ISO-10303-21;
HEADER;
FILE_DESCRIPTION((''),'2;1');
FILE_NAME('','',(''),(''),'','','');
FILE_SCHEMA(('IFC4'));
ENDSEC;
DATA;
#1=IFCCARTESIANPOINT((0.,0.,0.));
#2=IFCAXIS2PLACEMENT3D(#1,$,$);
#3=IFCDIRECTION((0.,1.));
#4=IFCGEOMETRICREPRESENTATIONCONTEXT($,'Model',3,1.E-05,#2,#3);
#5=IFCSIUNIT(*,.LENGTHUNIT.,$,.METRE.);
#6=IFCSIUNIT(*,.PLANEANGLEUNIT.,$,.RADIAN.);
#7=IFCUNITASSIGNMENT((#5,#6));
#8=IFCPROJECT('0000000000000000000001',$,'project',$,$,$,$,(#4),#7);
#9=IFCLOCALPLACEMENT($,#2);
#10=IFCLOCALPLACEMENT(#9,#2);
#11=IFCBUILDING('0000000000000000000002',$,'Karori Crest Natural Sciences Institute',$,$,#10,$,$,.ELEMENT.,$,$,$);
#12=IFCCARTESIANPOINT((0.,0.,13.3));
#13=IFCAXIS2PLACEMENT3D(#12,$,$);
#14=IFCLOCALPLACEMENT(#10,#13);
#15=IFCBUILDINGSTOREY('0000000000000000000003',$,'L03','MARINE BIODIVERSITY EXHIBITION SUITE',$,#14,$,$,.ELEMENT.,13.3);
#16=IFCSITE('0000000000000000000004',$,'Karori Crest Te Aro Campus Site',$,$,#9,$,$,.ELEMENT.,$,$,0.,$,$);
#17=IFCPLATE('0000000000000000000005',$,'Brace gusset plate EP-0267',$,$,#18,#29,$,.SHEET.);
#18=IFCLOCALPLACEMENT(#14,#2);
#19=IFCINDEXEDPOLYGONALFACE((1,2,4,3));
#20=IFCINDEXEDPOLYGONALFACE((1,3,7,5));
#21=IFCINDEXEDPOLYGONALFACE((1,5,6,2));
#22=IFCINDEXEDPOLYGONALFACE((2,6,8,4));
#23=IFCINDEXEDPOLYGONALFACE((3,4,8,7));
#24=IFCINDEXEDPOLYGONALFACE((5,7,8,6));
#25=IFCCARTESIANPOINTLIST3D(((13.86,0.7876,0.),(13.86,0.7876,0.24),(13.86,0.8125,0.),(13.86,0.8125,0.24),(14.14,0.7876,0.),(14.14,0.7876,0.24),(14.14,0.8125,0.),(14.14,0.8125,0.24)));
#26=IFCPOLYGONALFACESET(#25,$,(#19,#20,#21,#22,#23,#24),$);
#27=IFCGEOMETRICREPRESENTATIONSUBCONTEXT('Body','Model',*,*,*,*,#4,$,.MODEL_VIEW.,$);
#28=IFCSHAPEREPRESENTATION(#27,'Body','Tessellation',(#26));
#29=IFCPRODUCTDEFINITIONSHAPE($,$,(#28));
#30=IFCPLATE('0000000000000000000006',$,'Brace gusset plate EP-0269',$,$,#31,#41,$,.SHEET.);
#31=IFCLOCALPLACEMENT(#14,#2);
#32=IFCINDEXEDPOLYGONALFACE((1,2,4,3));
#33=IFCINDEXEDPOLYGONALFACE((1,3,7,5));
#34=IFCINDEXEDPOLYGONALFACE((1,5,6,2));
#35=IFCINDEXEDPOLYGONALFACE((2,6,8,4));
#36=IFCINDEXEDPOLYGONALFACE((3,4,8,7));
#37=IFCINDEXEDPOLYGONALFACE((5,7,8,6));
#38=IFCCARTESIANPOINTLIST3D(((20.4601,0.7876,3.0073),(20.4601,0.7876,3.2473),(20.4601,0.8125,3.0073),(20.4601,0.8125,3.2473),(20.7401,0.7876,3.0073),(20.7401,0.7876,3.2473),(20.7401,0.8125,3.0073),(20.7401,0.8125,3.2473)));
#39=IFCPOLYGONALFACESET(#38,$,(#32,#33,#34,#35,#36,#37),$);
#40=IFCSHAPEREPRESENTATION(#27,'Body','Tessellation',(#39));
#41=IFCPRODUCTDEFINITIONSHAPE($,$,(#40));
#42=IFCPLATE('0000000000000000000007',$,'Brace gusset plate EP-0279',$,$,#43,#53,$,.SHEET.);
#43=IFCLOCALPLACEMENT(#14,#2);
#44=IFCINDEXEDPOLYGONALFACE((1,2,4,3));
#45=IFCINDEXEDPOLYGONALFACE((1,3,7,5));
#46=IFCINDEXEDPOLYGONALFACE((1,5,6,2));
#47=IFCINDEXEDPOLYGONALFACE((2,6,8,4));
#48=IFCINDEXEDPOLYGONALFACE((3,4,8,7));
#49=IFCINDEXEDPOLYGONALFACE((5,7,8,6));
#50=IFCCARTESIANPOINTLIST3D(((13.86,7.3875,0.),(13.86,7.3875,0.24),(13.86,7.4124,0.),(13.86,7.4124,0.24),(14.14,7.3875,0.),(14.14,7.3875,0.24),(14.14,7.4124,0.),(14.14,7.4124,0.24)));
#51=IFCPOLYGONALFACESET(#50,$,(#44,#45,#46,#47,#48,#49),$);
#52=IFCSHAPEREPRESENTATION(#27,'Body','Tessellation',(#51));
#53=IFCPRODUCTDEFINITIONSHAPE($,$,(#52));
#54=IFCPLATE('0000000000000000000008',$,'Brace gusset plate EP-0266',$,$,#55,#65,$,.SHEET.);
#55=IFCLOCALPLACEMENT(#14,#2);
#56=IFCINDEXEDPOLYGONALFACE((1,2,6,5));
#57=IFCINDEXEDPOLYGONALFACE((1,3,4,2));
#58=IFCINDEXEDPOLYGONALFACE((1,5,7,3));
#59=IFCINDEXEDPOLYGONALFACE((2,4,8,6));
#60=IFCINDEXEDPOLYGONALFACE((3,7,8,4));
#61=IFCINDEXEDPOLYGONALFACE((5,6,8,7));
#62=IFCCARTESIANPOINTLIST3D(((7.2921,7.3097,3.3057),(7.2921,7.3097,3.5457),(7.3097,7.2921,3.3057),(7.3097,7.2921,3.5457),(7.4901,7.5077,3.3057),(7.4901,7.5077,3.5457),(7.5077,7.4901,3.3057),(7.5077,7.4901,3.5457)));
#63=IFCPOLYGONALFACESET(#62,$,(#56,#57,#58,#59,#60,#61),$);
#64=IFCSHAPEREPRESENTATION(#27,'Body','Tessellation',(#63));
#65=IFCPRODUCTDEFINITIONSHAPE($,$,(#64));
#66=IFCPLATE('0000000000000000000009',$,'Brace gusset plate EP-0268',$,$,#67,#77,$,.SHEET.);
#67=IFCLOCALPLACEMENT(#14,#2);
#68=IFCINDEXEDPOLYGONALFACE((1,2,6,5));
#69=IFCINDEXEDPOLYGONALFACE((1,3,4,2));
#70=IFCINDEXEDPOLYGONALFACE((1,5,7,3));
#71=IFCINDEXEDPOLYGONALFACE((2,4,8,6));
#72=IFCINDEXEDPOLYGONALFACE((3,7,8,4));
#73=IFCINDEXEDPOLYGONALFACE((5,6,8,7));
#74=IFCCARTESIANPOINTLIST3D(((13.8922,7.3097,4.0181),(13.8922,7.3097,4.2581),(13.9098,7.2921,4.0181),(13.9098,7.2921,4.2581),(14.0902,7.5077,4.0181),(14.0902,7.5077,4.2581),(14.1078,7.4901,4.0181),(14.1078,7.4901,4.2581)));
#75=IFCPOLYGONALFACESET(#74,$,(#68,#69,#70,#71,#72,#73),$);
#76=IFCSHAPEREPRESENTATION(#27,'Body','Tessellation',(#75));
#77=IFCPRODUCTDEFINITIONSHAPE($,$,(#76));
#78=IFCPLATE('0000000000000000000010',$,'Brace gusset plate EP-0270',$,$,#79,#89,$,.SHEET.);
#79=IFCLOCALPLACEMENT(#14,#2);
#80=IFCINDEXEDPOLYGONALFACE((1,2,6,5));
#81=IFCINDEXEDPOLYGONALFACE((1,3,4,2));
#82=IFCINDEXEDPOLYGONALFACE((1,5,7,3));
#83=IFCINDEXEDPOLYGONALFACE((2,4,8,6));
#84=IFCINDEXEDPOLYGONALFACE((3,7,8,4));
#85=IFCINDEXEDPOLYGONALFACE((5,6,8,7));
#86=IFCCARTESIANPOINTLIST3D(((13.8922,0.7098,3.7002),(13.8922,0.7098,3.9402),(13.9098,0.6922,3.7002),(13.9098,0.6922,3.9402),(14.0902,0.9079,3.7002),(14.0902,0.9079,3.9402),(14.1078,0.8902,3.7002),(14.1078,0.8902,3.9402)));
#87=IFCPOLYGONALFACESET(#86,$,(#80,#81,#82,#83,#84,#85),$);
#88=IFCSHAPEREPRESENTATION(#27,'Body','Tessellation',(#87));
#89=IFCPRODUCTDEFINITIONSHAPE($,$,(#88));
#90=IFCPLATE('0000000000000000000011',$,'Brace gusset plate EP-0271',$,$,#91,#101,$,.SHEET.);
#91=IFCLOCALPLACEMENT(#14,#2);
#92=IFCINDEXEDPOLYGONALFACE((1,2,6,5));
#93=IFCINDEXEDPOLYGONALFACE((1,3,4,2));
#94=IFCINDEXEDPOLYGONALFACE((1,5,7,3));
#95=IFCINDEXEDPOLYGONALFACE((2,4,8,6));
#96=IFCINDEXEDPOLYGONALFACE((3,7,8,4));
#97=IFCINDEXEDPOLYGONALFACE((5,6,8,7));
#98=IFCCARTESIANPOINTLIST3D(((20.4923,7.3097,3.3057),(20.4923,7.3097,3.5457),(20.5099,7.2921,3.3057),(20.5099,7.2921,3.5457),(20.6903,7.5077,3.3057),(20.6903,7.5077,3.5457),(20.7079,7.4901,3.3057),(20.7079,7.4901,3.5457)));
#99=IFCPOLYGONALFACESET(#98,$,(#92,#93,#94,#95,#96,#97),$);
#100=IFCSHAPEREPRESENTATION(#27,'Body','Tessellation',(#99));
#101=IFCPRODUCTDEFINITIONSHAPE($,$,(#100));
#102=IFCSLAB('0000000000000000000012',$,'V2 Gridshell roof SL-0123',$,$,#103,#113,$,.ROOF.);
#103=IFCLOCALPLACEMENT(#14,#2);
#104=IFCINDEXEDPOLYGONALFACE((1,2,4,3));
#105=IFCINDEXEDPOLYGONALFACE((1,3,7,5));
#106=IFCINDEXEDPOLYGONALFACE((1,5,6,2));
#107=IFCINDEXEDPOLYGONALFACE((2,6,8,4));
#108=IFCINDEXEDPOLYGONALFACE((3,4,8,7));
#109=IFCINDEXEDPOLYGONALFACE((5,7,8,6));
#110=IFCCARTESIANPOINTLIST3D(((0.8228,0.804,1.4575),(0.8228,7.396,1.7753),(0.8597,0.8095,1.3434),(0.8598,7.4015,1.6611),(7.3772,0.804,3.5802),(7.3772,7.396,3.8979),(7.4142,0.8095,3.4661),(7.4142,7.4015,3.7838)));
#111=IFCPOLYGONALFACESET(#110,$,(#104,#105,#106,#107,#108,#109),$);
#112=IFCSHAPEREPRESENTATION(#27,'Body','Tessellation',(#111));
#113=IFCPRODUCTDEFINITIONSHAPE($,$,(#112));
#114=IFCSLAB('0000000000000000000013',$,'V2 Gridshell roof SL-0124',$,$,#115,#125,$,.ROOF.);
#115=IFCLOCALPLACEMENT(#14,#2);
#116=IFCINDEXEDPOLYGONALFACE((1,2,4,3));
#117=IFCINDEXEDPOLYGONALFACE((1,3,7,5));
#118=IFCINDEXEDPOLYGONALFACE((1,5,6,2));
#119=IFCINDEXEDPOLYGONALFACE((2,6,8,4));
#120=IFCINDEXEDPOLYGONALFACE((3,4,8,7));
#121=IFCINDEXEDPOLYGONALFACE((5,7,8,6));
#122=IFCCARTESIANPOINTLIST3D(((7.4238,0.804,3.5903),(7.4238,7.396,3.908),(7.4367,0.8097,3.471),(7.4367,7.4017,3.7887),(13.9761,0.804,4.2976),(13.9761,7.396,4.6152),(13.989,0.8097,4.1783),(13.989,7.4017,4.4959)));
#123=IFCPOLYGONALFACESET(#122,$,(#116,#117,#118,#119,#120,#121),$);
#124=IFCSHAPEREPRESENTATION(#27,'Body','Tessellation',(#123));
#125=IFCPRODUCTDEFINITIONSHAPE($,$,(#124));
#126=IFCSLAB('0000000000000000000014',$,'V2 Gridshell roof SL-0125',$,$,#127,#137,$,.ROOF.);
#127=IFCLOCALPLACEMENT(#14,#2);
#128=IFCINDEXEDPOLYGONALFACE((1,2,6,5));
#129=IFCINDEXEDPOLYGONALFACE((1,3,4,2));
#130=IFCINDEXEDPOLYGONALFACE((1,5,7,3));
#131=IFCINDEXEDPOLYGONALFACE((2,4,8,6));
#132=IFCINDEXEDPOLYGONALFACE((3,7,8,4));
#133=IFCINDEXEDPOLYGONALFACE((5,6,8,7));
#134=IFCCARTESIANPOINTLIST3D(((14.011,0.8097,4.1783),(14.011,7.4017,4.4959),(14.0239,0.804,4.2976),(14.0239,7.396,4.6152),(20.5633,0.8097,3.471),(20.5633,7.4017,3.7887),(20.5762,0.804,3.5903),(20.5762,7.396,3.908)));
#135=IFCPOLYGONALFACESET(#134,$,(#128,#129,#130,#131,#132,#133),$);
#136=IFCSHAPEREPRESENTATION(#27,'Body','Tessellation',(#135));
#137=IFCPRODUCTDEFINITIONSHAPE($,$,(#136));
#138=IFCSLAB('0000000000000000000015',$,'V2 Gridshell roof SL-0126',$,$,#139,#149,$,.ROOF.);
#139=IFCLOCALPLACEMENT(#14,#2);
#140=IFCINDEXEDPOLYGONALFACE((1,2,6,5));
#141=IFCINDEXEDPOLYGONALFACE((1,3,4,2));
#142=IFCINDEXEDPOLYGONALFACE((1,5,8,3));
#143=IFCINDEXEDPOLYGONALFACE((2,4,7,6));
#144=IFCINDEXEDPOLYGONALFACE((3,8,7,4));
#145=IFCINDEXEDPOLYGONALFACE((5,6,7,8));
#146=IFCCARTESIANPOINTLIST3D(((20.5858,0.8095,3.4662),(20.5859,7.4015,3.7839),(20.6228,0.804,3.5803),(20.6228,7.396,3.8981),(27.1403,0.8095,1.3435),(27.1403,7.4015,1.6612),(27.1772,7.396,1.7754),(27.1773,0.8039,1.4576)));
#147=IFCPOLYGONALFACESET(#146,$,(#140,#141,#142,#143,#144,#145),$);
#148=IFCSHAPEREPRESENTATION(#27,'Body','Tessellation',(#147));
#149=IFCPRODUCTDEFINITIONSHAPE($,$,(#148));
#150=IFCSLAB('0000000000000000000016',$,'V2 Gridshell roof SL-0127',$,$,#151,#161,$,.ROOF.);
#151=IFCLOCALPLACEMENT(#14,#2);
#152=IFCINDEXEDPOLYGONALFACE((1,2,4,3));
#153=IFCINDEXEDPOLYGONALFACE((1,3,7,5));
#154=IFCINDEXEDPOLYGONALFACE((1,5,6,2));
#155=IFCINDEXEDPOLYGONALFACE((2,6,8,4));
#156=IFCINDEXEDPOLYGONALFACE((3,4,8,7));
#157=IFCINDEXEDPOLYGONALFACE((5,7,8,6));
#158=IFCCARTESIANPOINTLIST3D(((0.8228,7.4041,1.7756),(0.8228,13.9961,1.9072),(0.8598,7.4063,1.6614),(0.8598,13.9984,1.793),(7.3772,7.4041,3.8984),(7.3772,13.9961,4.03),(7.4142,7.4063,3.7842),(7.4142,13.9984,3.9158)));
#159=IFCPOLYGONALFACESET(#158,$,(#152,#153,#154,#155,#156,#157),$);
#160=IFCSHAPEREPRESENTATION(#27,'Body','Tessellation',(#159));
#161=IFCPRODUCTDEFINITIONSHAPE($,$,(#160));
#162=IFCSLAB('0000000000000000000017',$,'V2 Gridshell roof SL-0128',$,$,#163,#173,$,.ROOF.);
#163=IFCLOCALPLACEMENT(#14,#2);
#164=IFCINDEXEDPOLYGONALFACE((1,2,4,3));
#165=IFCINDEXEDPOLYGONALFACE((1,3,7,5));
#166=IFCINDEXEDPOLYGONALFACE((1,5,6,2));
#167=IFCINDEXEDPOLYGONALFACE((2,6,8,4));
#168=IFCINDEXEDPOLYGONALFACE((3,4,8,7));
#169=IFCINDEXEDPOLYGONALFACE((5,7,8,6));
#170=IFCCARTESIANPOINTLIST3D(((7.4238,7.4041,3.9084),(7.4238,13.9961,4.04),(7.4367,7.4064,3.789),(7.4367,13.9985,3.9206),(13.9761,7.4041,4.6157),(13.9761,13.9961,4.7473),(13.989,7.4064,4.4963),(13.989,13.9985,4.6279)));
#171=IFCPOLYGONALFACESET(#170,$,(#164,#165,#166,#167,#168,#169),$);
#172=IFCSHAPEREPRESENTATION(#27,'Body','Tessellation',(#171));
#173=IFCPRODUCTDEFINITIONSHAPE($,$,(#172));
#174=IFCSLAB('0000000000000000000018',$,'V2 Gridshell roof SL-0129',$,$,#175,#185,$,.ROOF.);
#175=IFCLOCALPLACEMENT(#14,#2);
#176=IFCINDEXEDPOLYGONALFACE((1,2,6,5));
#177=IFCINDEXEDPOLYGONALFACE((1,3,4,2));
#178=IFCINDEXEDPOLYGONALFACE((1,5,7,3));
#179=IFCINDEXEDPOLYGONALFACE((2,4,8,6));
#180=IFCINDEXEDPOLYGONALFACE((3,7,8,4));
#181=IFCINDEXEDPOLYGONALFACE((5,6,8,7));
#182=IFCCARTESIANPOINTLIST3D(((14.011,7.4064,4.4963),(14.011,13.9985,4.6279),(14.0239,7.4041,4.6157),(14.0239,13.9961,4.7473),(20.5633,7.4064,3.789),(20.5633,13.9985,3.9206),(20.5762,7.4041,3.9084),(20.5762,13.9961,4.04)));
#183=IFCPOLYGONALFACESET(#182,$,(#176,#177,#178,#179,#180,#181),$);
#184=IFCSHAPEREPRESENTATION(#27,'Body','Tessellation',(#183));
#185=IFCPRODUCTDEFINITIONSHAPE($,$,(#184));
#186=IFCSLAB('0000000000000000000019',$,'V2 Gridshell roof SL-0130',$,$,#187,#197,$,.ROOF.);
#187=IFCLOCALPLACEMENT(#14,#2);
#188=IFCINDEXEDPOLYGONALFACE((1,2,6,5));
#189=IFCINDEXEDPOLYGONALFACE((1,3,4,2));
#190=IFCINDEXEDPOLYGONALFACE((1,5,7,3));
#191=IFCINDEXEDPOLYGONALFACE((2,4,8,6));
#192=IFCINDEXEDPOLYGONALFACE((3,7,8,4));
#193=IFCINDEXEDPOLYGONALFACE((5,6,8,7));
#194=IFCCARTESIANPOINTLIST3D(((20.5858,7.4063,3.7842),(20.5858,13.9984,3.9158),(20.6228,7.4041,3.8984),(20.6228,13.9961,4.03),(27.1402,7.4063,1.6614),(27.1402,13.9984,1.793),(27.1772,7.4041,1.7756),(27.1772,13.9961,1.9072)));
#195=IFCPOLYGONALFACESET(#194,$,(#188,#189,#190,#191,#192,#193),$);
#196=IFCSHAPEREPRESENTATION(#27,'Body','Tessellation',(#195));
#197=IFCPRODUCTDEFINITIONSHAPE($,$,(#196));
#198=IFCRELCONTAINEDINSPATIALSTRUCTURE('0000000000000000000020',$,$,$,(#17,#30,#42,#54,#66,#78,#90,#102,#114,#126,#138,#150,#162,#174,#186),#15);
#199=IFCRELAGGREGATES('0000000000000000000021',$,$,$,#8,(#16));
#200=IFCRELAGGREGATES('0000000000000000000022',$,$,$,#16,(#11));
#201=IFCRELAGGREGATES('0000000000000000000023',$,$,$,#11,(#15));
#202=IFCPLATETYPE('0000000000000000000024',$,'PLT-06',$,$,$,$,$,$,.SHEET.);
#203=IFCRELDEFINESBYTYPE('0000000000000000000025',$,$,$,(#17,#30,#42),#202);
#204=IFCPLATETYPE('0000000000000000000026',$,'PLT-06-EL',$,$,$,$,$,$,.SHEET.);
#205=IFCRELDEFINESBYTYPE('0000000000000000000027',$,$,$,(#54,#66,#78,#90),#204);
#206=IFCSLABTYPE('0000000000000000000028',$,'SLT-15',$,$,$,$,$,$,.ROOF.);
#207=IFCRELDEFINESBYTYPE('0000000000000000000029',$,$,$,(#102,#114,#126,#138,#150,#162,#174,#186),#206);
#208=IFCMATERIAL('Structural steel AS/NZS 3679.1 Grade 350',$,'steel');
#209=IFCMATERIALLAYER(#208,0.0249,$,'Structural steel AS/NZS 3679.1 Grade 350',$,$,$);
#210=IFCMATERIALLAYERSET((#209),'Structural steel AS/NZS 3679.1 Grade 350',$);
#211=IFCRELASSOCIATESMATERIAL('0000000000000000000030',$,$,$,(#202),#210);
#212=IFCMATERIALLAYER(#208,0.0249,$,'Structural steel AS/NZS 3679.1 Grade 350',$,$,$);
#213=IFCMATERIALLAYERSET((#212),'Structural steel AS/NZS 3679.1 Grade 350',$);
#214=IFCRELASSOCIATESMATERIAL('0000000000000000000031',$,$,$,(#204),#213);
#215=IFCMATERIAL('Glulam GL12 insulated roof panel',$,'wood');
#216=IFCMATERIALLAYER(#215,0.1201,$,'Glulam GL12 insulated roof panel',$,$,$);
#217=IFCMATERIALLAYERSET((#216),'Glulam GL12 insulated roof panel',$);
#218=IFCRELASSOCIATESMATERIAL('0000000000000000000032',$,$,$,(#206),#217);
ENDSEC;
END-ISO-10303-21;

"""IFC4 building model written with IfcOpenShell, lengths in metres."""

from ifc_helpers import new_model, si_unit, direction, frame, origin, origin_2d, place, context, subcontext, project, spatial, polyline, rectangle, outline, extrude, material, layer, layer_set, type_object, element, save


model = new_model("IFC4")

# Units and contexts
model_context = context("Model", 3, precision=1e-05, world=origin(), true_north=direction((0.0, 1.0)))
body_context = subcontext(model_context, "Body", "Model", "MODEL_VIEW")
ifc_project = project(units=[si_unit("LENGTHUNIT", "METRE"), si_unit("PLANEANGLEUNIT", "RADIAN")], contexts=[model_context])

# Site, building, storey
site_placement = place(None, origin())
site = spatial("IfcSite", under=ifc_project, at=site_placement, Name="Karori Crest Te Aro Campus Site", CompositionType="ELEMENT", RefElevation=0.0)
building_placement = place(site_placement, origin())
building = spatial("IfcBuilding", under=site, at=building_placement, Name="Karori Crest Natural Sciences Institute", CompositionType="ELEMENT")
storey_placement = place(building_placement, frame((0.0, 0.0, 13.3)))
storey = spatial("IfcBuildingStorey", under=building, at=storey_placement, Name="L03", Description="MARINE BIODIVERSITY EXHIBITION SUITE", CompositionType="ELEMENT", Elevation=13.3)

# Plates
ifc_material_1 = material(Name="Structural steel AS/NZS 3679.1 Grade 350", Category="steel")
ifc_layer_1 = layer(ifc_material_1, 0.0249, Name="Structural steel AS/NZS 3679.1 Grade 350")
ifc_layer_set_1 = layer_set([ifc_layer_1], Name="Structural steel AS/NZS 3679.1 Grade 350")
plate_type_1 = type_object("IfcPlateType", Name="PLT-06", PredefinedType="SHEET", material=ifc_layer_set_1)
for number, where, z_axis, x_axis, name in (
    (1, (14.0, 0.8, 0.0), (0.0, 0.0, 1.0), (1.0, 0.0, 0.0), "Brace gusset plate EP-0267"),
    (2, (20.6001, 0.8, 3.0073), (0.0, 0.0, 1.0), (1.0, 0.0, 0.0), "Brace gusset plate EP-0269"),
    (3, (14.0, 7.3999, 0.0), (0.0, 0.0, 1.0), (1.0, 0.0, 0.0), "Brace gusset plate EP-0279"),
):
    element("IfcPlate", number, at=place(storey_placement, frame(where, z_axis=z_axis, x_axis=x_axis)), inside=storey, type_object=plate_type_1, Name=name, PredefinedType="SHEET", context=body_context, shape_type="SweptSolid", body=[
        extrude(rectangle(XDim=0.28, YDim=0.0249, at=origin_2d()), origin(), (0.0, 0.0, 1.0), 0.24),
    ])
ifc_layer_2 = layer(ifc_material_1, 0.0249, Name="Structural steel AS/NZS 3679.1 Grade 350")
ifc_layer_set_2 = layer_set([ifc_layer_2], Name="Structural steel AS/NZS 3679.1 Grade 350")
plate_type_2 = type_object("IfcPlateType", Name="PLT-06-EL", PredefinedType="SHEET", material=ifc_layer_set_2)
for number, where, z_axis, x_axis, name in (
    (4, (7.3999, 7.3999, 3.3057), (0.0, 0.0, 1.0), (0.707107, 0.707107, 0.0), "Brace gusset plate EP-0266"),
    (5, (14.0, 7.3999, 4.0181), (0.0, 0.0, 1.0), (0.707107, 0.707107, 0.0), "Brace gusset plate EP-0268"),
    (6, (14.0, 0.8, 3.7002), (0.0, 0.0, 1.0), (0.707107, 0.707107, 0.0), "Brace gusset plate EP-0270"),
    (7, (20.6001, 7.3999, 3.3057), (0.0, 0.0, 1.0), (0.707107, 0.707107, 0.0), "Brace gusset plate EP-0271"),
):
    element("IfcPlate", number, at=place(storey_placement, frame(where, z_axis=z_axis, x_axis=x_axis)), inside=storey, type_object=plate_type_2, Name=name, PredefinedType="SHEET", context=body_context, shape_type="SweptSolid", body=[
        extrude(rectangle(XDim=0.28, YDim=0.0249, at=origin_2d()), origin(), (0.0, 0.0, 1.0), 0.24),
    ])

# Slabs
ifc_material_2 = material(Name="Glulam GL12 insulated roof panel", Category="wood")
ifc_layer_3 = layer(ifc_material_2, 0.1201, Name="Glulam GL12 insulated roof panel")
ifc_layer_set_3 = layer_set([ifc_layer_3], Name="Glulam GL12 insulated roof panel")
slab_type = type_object("IfcSlabType", Name="SLT-15", PredefinedType="ROOF", material=ifc_layer_set_3)
slab_1_placement = place(storey_placement, frame((0.8228, 0.804, 1.4575), z_axis=(-0.307776, -0.045809, 0.950355), x_axis=(0.951354, 0.000001, 0.3081)))
element("IfcSlab", 8, at=slab_1_placement, inside=storey, type_object=slab_type, Name="V2 Gridshell roof SL-0123", PredefinedType="ROOF", context=body_context, shape_type="SweptSolid", body=[
    extrude(outline(polyline([(0.0, 0.0), (6.8896, 0.0), (6.9875, 6.599), (0.0979, 6.599), (0.0, 0.0)])), origin(), (0.0, 0.0, -1.0), 0.1201),
])
slab_2_placement = place(storey_placement, frame((7.4238, 0.804, 3.5903), z_axis=(-0.107198, -0.04785, 0.993086), x_axis=(0.994224, 0.0, 0.107321)))
element("IfcSlab", 9, at=slab_2_placement, inside=storey, type_object=slab_type, Name="V2 Gridshell roof SL-0124", PredefinedType="ROOF", context=body_context, shape_type="SweptSolid", body=[
    extrude(outline(polyline([(0.0, 0.0), (6.5903, 0.0), (6.6244, 6.5996), (0.0341, 6.5996), (0.0, 0.0)])), origin(), (0.0, 0.0, -1.0), 0.1201),
])
slab_3_placement = place(storey_placement, frame((14.0239, 0.804, 4.2976), z_axis=(0.107198, -0.04785, 0.993086), x_axis=(0.994224, 0.0, -0.107321)))
element("IfcSlab", 10, at=slab_3_placement, inside=storey, type_object=slab_type, Name="V2 Gridshell roof SL-0125", PredefinedType="ROOF", context=body_context, shape_type="SweptSolid", body=[
    extrude(outline(polyline([(0.0, 0.0), (6.5903, 0.0), (6.5562, 6.5996), (-0.0341, 6.5996), (0.0, 0.0)])), origin(), (0.0, 0.0, -1.0), 0.1201),
])
slab_4_placement = place(storey_placement, frame((20.6228, 0.804, 3.5803), z_axis=(0.307776, -0.045809, 0.950355), x_axis=(0.951354, -0.000001, -0.3081)))
element("IfcSlab", 11, at=slab_4_placement, inside=storey, type_object=slab_type, Name="V2 Gridshell roof SL-0126", PredefinedType="ROOF", context=body_context, shape_type="SweptSolid", body=[
    extrude(outline(polyline([(0.0, 0.0), (6.8896, 0.0), (6.7917, 6.599), (-0.0979, 6.599), (0.0, 0.0)])), origin(), (0.0, 0.0, -1.0), 0.1201),
])
slab_5_placement = place(storey_placement, frame((0.8228, 7.4041, 1.7756), z_axis=(-0.30806, -0.018988, 0.951177), x_axis=(0.951349, 0.0, 0.308116)))
element("IfcSlab", 12, at=slab_5_placement, inside=storey, type_object=slab_type, Name="V2 Gridshell roof SL-0127", PredefinedType="ROOF", context=body_context, shape_type="SweptSolid", body=[
    extrude(outline(polyline([(0.0, 0.0), (6.8896, 0.0), (6.9302, 6.5932), (0.0405, 6.5932), (0.0, 0.0)])), origin(), (0.0, 0.0, -1.0), 0.1201),
])
slab_6_placement = place(storey_placement, frame((7.4238, 7.4041, 3.9084), z_axis=(-0.107299, -0.019843, 0.994029), x_axis=(0.994224, 0.0, 0.107321)))
element("IfcSlab", 13, at=slab_6_placement, inside=storey, type_object=slab_type, Name="V2 Gridshell roof SL-0128", PredefinedType="ROOF", context=body_context, shape_type="SweptSolid", body=[
    extrude(outline(polyline([(0.0, 0.0), (6.5903, 0.0), (6.6044, 6.5933), (0.0141, 6.5933), (0.0, 0.0)])), origin(), (0.0, 0.0, -1.0), 0.1201),
])
slab_7_placement = place(storey_placement, frame((14.0239, 7.4041, 4.6157), z_axis=(0.107299, -0.019843, 0.994029), x_axis=(0.994224, 0.0, -0.107321)))
element("IfcSlab", 14, at=slab_7_placement, inside=storey, type_object=slab_type, Name="V2 Gridshell roof SL-0129", PredefinedType="ROOF", context=body_context, shape_type="SweptSolid", body=[
    extrude(outline(polyline([(0.0, 0.0), (6.5903, 0.0), (6.5762, 6.5933), (-0.0141, 6.5933), (0.0, 0.0)])), origin(), (0.0, 0.0, -1.0), 0.1201),
])
slab_8_placement = place(storey_placement, frame((20.6228, 7.4041, 3.8984), z_axis=(0.30806, -0.018988, 0.951177), x_axis=(0.951349, 0.0, -0.308116)))
element("IfcSlab", 15, at=slab_8_placement, inside=storey, type_object=slab_type, Name="V2 Gridshell roof SL-0130", PredefinedType="ROOF", context=body_context, shape_type="SweptSolid", body=[
    extrude(outline(polyline([(0.0, 0.0), (6.8896, 0.0), (6.8491, 6.5932), (-0.0405, 6.5932), (0.0, 0.0)])), origin(), (0.0, 0.0, -1.0), 0.1201),
])

save(model, "model.ifc")
